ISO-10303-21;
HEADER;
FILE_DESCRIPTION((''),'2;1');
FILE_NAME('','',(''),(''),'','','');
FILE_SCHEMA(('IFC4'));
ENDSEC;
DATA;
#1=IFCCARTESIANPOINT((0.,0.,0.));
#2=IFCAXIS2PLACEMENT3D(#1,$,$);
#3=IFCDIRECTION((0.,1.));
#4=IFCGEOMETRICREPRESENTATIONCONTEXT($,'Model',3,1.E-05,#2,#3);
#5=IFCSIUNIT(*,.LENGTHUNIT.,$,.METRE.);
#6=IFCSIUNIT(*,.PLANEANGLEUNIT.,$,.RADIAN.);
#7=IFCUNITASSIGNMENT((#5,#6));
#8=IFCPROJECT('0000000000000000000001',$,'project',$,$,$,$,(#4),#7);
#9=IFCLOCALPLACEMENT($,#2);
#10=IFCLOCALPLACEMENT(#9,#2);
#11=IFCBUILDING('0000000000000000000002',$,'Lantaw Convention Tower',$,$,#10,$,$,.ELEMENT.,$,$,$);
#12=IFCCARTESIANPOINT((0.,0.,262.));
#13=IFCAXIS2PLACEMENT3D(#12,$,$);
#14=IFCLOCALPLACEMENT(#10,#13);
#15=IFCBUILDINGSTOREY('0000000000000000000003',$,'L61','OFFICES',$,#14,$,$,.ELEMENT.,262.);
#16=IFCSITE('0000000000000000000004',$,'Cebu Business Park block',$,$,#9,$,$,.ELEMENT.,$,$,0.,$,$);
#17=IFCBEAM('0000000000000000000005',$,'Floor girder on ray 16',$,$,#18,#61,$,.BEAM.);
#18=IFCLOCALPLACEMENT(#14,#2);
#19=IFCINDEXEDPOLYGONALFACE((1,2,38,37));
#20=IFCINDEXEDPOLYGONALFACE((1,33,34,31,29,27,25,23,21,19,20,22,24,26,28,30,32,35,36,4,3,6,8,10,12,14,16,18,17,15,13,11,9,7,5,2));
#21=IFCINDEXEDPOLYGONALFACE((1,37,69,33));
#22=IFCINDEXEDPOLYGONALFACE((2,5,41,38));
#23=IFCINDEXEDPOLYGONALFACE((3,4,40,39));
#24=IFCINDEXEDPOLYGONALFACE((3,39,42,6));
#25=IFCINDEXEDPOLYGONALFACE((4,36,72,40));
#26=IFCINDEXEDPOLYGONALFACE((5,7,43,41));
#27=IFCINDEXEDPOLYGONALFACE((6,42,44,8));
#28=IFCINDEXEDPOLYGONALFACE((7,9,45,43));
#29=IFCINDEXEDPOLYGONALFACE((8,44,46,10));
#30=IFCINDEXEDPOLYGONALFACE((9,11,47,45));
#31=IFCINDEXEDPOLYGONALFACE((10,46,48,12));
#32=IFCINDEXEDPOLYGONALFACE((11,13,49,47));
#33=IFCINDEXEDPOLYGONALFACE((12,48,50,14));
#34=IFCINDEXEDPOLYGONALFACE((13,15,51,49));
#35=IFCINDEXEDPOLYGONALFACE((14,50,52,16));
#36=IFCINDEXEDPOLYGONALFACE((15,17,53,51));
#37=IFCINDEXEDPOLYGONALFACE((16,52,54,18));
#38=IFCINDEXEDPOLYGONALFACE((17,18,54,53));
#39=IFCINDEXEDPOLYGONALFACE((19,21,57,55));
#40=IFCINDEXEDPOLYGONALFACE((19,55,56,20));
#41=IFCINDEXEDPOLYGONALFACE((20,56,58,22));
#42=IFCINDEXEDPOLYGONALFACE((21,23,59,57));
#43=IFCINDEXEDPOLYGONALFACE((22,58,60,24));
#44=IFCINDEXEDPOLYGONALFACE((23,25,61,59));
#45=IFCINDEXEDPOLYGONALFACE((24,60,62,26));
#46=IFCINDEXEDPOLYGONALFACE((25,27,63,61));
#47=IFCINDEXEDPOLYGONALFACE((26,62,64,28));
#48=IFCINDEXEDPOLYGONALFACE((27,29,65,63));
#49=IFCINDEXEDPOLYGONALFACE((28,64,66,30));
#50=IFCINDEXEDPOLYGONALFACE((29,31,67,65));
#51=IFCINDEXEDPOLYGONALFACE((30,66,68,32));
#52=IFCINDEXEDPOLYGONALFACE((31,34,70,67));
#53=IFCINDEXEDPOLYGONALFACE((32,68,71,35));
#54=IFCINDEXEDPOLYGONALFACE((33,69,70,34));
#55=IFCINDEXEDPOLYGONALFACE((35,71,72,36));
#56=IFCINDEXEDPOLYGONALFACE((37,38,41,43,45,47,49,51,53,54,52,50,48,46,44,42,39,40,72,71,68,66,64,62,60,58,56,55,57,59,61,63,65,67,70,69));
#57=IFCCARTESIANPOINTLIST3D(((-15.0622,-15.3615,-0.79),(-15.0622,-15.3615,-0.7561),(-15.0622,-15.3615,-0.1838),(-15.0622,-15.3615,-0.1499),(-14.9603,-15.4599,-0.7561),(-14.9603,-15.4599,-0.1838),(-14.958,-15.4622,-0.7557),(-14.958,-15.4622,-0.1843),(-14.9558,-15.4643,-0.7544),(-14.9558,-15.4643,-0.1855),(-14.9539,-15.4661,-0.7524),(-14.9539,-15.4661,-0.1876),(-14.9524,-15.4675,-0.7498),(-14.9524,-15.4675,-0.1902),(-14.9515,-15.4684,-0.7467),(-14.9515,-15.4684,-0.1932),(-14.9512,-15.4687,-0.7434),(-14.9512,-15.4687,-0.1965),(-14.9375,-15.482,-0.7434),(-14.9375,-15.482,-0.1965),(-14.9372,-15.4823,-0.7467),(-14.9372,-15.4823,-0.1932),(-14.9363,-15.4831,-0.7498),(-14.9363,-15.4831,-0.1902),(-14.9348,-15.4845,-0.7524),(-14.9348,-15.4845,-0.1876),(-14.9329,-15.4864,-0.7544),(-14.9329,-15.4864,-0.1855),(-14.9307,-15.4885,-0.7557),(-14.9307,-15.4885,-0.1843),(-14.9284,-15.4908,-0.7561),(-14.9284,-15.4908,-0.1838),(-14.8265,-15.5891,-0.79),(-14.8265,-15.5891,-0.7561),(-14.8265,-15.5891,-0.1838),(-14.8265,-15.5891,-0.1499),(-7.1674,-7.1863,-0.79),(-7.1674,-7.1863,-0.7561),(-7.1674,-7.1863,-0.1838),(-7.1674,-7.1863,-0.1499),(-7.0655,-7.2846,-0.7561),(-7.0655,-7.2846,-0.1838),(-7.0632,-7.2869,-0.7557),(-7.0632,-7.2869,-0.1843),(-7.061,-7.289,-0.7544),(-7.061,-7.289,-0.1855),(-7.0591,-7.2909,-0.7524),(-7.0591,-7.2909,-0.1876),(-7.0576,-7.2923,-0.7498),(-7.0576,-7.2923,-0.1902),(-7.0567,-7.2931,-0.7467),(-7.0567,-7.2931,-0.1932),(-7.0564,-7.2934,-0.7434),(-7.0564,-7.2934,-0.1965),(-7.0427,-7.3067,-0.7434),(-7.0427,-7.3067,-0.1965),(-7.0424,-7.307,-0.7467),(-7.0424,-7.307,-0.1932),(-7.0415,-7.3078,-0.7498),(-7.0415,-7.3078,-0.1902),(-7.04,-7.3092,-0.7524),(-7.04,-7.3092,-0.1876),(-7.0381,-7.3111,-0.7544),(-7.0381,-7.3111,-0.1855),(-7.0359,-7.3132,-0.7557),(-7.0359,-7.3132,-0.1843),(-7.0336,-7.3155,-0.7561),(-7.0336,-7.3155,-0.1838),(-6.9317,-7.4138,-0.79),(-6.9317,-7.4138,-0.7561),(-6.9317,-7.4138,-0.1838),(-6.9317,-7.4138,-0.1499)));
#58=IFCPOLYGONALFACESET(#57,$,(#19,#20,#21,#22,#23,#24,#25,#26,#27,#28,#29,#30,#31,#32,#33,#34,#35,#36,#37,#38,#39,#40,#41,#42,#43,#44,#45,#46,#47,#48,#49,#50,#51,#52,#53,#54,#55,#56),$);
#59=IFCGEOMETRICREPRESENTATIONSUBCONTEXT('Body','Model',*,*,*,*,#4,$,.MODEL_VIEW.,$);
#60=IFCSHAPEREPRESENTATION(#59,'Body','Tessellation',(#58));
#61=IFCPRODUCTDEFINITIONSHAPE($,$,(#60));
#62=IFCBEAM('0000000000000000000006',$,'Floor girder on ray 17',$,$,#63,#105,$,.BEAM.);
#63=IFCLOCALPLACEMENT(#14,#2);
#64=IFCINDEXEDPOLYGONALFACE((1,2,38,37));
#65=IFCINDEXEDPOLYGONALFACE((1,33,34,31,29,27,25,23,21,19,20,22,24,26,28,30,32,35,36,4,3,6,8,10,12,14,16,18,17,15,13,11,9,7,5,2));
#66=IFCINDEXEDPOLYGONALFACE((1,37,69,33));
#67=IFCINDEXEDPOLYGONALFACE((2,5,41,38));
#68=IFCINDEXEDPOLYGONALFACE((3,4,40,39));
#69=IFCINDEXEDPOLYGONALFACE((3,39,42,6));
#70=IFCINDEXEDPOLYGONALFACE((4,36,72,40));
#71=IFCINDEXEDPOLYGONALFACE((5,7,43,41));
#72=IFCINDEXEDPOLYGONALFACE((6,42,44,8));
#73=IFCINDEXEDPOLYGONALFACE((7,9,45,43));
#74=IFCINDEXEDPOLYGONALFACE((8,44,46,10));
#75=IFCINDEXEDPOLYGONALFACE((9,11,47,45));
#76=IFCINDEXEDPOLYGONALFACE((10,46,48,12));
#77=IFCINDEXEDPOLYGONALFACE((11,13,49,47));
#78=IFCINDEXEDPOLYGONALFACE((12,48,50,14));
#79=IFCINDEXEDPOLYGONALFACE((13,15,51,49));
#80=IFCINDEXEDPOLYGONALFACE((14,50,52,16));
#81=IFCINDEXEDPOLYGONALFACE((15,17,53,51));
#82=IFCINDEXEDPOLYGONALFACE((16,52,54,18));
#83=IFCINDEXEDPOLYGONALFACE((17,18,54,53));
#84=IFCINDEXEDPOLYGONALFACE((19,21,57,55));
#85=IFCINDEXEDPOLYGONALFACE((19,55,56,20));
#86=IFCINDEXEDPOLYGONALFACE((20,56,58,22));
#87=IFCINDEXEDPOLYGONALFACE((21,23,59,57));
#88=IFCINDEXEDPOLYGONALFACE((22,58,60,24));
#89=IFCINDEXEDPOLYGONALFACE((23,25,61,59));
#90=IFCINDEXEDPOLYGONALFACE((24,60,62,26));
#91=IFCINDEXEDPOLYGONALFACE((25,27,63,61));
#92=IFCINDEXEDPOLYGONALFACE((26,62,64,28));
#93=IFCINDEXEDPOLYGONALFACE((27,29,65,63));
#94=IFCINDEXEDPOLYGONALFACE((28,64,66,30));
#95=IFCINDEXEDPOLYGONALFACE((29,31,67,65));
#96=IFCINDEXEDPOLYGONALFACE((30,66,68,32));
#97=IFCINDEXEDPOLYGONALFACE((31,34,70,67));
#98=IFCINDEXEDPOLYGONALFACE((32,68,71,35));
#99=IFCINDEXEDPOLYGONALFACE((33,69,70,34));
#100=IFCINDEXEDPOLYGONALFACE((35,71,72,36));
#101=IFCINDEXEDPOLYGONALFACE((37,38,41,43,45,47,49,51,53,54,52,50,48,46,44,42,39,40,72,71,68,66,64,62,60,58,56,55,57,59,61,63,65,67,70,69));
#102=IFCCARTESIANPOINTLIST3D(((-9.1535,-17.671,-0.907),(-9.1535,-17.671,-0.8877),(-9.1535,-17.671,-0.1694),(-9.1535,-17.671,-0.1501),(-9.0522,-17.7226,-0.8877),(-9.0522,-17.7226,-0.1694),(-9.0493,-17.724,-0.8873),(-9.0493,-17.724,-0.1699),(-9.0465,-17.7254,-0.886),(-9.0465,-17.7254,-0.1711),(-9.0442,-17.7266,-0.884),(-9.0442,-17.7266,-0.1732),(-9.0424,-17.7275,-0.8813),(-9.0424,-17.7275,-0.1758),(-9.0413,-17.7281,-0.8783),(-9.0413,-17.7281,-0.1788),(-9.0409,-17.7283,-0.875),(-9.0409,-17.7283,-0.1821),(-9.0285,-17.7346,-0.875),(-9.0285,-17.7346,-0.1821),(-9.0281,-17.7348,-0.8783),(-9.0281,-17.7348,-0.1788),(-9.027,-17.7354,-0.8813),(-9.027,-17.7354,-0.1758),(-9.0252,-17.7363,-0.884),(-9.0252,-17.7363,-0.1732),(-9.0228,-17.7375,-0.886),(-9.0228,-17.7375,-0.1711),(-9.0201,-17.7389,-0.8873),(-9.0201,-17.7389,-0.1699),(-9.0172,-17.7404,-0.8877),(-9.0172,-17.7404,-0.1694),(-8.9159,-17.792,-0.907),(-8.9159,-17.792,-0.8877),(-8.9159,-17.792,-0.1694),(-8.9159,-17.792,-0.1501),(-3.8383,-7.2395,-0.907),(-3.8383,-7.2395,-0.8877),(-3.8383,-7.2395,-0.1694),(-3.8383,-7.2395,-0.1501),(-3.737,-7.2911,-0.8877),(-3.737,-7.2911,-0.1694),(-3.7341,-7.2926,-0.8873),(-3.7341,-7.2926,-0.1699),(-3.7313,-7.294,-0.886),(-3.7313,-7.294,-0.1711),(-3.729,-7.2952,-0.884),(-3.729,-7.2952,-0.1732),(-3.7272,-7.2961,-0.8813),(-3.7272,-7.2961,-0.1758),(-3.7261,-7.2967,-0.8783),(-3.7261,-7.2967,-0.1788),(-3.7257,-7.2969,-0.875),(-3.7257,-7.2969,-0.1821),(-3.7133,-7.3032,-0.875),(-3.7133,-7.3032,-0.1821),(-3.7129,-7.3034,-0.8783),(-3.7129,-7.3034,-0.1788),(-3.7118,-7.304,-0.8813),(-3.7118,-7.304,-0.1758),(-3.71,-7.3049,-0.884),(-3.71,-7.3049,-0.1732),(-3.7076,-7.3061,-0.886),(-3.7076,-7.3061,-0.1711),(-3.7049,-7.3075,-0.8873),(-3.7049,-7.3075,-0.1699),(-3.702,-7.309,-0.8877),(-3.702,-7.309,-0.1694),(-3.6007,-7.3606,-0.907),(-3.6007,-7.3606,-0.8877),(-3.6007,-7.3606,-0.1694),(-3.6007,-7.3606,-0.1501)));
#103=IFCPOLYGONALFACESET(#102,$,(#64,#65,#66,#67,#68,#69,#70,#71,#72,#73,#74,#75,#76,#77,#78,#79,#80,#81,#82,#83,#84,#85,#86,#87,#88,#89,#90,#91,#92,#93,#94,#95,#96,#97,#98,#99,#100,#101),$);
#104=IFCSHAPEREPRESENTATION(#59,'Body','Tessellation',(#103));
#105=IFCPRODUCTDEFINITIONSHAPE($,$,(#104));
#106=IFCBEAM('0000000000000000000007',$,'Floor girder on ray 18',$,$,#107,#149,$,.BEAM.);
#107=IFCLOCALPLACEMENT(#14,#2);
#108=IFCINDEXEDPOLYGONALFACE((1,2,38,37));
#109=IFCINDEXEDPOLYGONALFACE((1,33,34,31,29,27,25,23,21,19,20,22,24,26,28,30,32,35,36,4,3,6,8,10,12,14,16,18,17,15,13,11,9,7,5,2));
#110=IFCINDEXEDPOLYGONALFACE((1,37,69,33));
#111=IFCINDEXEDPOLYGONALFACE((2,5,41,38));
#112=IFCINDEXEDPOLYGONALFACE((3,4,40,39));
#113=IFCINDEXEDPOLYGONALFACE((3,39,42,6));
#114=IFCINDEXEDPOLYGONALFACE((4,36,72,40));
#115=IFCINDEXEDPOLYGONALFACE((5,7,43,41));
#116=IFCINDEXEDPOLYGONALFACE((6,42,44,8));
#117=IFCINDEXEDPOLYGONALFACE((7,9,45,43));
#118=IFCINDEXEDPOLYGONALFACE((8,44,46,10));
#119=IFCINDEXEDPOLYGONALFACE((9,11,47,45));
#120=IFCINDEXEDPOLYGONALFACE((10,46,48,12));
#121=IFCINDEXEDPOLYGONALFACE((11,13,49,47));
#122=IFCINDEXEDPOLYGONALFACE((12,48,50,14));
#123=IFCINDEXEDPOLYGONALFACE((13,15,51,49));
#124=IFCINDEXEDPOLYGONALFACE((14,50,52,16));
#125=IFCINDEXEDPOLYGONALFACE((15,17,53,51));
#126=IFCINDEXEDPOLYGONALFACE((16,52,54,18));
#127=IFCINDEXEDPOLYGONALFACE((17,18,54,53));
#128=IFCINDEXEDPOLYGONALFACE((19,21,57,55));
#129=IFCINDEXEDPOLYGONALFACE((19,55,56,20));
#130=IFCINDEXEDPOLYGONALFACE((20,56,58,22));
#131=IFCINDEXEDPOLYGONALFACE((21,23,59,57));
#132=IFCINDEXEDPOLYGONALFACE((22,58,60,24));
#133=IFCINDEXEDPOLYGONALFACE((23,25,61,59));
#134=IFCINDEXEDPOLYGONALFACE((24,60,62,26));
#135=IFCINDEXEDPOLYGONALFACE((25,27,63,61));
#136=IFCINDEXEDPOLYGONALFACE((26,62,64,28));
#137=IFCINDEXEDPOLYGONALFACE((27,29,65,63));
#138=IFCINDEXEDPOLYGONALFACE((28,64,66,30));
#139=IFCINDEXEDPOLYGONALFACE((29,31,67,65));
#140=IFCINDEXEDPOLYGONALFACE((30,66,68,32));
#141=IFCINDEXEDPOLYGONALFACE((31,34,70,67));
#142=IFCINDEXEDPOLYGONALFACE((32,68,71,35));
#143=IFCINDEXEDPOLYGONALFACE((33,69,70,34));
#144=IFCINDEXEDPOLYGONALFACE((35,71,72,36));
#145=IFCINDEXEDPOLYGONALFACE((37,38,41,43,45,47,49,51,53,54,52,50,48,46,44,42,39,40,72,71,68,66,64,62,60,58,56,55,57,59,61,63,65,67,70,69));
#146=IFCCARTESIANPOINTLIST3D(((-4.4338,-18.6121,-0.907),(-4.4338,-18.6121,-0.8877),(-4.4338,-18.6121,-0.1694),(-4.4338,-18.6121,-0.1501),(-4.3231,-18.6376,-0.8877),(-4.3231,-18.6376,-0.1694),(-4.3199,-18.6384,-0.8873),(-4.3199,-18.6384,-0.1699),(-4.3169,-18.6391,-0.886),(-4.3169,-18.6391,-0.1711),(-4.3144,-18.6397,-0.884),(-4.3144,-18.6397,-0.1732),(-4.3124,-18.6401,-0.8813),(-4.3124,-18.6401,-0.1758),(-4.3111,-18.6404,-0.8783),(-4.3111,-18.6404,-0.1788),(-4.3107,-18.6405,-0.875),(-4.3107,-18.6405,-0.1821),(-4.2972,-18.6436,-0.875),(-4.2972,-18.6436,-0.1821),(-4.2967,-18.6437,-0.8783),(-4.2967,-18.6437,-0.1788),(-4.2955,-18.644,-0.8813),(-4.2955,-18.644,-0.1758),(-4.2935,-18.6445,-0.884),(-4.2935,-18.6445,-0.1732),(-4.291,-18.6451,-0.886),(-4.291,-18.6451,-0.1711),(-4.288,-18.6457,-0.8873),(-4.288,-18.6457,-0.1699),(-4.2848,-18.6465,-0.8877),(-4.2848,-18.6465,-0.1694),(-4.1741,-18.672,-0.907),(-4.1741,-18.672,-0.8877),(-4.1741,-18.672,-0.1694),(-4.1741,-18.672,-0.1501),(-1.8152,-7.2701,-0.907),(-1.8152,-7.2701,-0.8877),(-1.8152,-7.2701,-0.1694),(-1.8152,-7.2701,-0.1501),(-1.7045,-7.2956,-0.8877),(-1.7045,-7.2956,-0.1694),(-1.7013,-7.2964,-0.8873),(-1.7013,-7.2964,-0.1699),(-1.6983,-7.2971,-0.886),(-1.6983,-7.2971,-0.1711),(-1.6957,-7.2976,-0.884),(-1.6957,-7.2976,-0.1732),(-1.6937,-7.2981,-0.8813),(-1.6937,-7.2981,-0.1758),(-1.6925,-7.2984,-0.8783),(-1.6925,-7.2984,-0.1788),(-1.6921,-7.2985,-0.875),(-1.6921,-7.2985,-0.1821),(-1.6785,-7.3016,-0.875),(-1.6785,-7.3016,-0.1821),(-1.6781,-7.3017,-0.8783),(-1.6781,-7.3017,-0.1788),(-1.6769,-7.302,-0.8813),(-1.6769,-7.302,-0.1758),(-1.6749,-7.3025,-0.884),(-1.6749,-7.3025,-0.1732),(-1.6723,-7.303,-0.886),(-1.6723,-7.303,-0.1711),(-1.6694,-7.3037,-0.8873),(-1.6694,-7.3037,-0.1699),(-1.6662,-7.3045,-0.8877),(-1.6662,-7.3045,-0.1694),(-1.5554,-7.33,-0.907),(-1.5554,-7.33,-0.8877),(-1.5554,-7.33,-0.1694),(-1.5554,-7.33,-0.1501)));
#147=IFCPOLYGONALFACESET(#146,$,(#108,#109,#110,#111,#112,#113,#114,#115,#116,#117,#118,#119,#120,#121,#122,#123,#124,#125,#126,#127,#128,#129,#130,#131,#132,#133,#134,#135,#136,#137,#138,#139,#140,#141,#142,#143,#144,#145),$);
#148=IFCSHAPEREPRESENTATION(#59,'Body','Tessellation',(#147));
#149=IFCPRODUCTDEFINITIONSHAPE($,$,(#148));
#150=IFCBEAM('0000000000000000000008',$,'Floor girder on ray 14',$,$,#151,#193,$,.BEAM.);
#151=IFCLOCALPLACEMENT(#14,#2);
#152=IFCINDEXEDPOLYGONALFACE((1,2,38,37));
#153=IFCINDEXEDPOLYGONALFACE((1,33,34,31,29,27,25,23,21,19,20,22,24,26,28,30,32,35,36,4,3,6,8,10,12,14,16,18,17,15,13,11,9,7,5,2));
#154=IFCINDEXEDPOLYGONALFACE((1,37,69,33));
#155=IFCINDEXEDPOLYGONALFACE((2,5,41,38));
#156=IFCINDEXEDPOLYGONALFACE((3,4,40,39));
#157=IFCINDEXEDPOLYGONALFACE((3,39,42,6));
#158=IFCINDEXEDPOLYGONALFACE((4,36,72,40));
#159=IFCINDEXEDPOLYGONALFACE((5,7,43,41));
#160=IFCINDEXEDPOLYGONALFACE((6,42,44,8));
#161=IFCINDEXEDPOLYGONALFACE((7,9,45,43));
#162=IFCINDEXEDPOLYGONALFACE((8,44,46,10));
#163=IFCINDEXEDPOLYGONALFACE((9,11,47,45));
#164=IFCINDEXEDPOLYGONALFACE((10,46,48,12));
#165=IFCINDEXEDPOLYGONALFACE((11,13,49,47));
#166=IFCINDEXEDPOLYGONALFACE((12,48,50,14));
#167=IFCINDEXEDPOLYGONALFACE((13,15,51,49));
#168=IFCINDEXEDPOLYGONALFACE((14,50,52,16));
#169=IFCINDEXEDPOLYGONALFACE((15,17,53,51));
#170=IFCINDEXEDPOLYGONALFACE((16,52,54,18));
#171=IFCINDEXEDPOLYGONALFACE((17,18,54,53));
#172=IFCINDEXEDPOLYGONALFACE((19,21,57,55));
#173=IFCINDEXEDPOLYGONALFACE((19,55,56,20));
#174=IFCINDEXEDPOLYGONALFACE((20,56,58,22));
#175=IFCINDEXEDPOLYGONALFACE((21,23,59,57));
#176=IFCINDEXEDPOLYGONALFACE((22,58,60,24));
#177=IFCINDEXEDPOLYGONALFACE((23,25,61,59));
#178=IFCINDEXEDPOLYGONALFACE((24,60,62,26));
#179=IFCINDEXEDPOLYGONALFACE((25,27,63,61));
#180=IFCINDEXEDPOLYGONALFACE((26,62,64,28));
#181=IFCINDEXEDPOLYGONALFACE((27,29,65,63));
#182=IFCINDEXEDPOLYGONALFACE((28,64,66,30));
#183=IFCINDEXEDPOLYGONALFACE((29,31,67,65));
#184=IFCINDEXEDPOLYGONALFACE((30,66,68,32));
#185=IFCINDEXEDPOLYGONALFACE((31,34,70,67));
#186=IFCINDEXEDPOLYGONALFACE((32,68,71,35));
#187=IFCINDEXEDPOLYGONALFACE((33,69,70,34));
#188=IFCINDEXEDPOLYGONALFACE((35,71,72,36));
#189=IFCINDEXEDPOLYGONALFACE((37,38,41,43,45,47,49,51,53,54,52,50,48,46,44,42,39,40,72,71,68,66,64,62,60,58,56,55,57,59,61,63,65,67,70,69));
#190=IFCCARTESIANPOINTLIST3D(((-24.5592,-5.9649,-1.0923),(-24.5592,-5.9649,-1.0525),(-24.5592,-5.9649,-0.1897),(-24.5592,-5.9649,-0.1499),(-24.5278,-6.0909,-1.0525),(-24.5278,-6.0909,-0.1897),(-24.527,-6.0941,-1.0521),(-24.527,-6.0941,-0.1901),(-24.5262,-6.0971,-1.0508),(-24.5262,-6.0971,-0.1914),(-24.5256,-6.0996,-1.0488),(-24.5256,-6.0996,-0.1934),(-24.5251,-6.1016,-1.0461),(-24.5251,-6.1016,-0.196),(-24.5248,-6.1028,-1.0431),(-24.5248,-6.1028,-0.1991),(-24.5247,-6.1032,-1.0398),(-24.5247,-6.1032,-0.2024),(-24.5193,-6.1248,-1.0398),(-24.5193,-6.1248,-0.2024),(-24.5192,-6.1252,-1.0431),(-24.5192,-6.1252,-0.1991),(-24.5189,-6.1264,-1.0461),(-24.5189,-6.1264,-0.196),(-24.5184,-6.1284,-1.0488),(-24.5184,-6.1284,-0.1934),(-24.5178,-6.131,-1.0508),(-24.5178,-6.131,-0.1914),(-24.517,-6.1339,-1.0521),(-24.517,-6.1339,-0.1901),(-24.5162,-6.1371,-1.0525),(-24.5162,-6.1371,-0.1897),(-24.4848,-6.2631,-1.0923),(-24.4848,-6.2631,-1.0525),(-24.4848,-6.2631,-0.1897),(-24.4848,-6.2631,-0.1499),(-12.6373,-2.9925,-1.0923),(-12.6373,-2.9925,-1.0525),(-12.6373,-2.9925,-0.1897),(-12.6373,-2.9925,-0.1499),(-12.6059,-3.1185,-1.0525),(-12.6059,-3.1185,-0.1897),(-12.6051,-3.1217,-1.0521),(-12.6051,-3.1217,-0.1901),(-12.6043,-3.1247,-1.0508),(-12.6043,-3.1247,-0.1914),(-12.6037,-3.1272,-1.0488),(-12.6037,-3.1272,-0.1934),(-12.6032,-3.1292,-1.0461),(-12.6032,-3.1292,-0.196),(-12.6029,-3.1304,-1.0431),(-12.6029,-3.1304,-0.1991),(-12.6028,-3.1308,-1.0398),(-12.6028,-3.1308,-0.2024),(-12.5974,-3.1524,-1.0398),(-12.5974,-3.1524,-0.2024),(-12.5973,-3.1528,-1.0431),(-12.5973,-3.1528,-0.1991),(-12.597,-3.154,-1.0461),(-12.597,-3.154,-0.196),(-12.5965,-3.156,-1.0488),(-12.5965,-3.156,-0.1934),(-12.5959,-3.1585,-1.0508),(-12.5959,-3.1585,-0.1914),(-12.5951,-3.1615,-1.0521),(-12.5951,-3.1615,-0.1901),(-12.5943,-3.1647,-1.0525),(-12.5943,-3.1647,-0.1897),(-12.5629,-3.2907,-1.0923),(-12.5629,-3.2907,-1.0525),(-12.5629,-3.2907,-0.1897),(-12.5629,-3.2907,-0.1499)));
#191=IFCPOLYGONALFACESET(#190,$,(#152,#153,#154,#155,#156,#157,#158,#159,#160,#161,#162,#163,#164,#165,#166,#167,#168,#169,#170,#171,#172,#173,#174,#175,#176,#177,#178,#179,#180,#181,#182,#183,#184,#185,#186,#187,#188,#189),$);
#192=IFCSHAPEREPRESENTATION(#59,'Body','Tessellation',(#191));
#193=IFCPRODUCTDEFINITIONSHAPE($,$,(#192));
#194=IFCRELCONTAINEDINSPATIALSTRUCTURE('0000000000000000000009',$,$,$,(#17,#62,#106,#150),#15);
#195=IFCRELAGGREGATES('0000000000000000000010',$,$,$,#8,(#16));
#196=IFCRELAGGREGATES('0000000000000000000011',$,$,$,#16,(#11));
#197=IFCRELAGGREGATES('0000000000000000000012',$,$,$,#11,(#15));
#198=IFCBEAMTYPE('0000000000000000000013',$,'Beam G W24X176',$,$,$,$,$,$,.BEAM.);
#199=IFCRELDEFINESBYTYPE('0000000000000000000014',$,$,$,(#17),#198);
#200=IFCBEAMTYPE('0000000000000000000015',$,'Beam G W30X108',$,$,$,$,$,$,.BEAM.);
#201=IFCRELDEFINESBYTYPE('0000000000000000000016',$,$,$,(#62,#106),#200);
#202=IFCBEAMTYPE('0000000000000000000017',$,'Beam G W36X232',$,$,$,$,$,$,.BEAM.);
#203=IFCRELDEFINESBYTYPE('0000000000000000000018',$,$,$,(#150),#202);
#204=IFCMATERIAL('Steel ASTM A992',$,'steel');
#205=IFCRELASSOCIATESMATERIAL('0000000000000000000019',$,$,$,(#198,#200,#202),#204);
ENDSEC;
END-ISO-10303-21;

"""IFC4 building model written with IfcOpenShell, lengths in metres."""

from ifc_helpers import new_model, si_unit, direction, frame, origin, origin_2d, place, context, subcontext, project, spatial, i_section, extrude, material, material_profile, profile_set, type_object, element, save


model = new_model("IFC4")

# Units and contexts
model_context = context("Model", 3, precision=1e-05, world=origin(), true_north=direction((0.0, 1.0)))
body_context = subcontext(model_context, "Body", "Model", "MODEL_VIEW")
ifc_project = project(units=[si_unit("LENGTHUNIT", "METRE"), si_unit("PLANEANGLEUNIT", "RADIAN")], contexts=[model_context])

# Site, building, storey
site_placement = place(None, origin())
site = spatial("IfcSite", under=ifc_project, at=site_placement, Name="Cebu Business Park block", CompositionType="ELEMENT", RefElevation=0.0)
building_placement = place(site_placement, origin())
building = spatial("IfcBuilding", under=site, at=building_placement, Name="Lantaw Convention Tower", CompositionType="ELEMENT")
storey_placement = place(building_placement, frame((0.0, 0.0, 262.0)))
storey = spatial("IfcBuildingStorey", under=building, at=storey_placement, Name="L61", Description="OFFICES", CompositionType="ELEMENT", Elevation=262.0)

# Beams
ifc_material_1 = material(Name="Steel ASTM A992", Category="steel")
ifc_material_profile_1 = material_profile(ifc_material_1, i_section(OverallWidth=0.3276, OverallDepth=0.6401, WebThickness=0.019, FlangeThickness=0.0339, FilletRadius=0.0127, at=origin_2d()), Name="W24X176")
ifc_profile_set_1 = profile_set([ifc_material_profile_1], Name="Steel ASTM A992")
beam_type_1 = type_object("IfcBeamType", Name="Beam G W24X176", PredefinedType="BEAM", material=ifc_profile_set_1)
beam_1_placement = place(storey_placement, frame((-7.0496, -7.3, -0.47), z_axis=(-0.694658, -0.71934, 0.0), x_axis=(0.71934, -0.694658, 0.0)))
element("IfcBeam", 1, at=beam_1_placement, inside=storey, type_object=beam_type_1, Name="Floor girder on ray 16", PredefinedType="BEAM", context=body_context, shape_type="SweptSolid", body=[
    extrude(i_section(OverallWidth=0.3276, OverallDepth=0.6401, WebThickness=0.019, FlangeThickness=0.0339, FilletRadius=0.0127, at=origin_2d()), origin(), (0.0, 0.0, 1.0), 11.365),
])
ifc_material_profile_2 = material_profile(ifc_material_1, i_section(OverallWidth=0.2666, OverallDepth=0.7568, WebThickness=0.0139, FlangeThickness=0.0193, FilletRadius=0.0127, at=origin_2d()), Name="W30X108")
ifc_profile_set_2 = profile_set([ifc_material_profile_2], Name="Steel ASTM A992")
beam_type_2 = type_object("IfcBeamType", Name="Beam G W30X108", PredefinedType="BEAM", material=ifc_profile_set_2)
beam_2_placement = place(storey_placement, frame((-3.7195, -7.3, -0.5286), z_axis=(-0.453999, -0.891002, 0.0), x_axis=(0.891002, -0.453999, 0.0)))
element("IfcBeam", 2, at=beam_2_placement, inside=storey, type_object=beam_type_2, Name="Floor girder on ray 17", PredefinedType="BEAM", context=body_context, shape_type="SweptSolid", body=[
    extrude(i_section(OverallWidth=0.2666, OverallDepth=0.7568, WebThickness=0.0139, FlangeThickness=0.0193, FilletRadius=0.0127, at=origin_2d()), origin(), (0.0, 0.0, 1.0), 11.7075),
])
beam_3_placement = place(storey_placement, frame((-1.6853, -7.3, -0.5286), z_axis=(-0.224962, -0.974368, 0.0), x_axis=(0.974368, -0.224962, 0.0)))
element("IfcBeam", 3, at=beam_3_placement, inside=storey, type_object=beam_type_2, Name="Floor girder on ray 18", PredefinedType="BEAM", context=body_context, shape_type="SweptSolid", body=[
    extrude(i_section(OverallWidth=0.2666, OverallDepth=0.7568, WebThickness=0.0139, FlangeThickness=0.0193, FilletRadius=0.0127, at=origin_2d()), origin(), (0.0, 0.0, 1.0), 11.6404),
])
ifc_material_profile_3 = material_profile(ifc_material_1, i_section(OverallWidth=0.3074, OverallDepth=0.9424, WebThickness=0.0222, FlangeThickness=0.0398, FilletRadius=0.0127, at=origin_2d()), Name="W36X232")
ifc_profile_set_3 = profile_set([ifc_material_profile_3], Name="Steel ASTM A992")
beam_type_3 = type_object("IfcBeamType", Name="Beam G W36X232", PredefinedType="BEAM", material=ifc_profile_set_3)
beam_4_placement = place(storey_placement, frame((-12.6001, -3.1416, -0.6211), z_axis=(-0.970297, -0.241918, 0.0), x_axis=(0.241918, -0.970297, 0.0)))
element("IfcBeam", 4, at=beam_4_placement, inside=storey, type_object=beam_type_3, Name="Floor girder on ray 14", PredefinedType="BEAM", context=body_context, shape_type="SweptSolid", body=[
    extrude(i_section(OverallWidth=0.3074, OverallDepth=0.9424, WebThickness=0.0222, FlangeThickness=0.0398, FilletRadius=0.0127, at=origin_2d()), origin(), (0.0, 0.0, 1.0), 12.2869),
])

save(model, "model.ifc")
